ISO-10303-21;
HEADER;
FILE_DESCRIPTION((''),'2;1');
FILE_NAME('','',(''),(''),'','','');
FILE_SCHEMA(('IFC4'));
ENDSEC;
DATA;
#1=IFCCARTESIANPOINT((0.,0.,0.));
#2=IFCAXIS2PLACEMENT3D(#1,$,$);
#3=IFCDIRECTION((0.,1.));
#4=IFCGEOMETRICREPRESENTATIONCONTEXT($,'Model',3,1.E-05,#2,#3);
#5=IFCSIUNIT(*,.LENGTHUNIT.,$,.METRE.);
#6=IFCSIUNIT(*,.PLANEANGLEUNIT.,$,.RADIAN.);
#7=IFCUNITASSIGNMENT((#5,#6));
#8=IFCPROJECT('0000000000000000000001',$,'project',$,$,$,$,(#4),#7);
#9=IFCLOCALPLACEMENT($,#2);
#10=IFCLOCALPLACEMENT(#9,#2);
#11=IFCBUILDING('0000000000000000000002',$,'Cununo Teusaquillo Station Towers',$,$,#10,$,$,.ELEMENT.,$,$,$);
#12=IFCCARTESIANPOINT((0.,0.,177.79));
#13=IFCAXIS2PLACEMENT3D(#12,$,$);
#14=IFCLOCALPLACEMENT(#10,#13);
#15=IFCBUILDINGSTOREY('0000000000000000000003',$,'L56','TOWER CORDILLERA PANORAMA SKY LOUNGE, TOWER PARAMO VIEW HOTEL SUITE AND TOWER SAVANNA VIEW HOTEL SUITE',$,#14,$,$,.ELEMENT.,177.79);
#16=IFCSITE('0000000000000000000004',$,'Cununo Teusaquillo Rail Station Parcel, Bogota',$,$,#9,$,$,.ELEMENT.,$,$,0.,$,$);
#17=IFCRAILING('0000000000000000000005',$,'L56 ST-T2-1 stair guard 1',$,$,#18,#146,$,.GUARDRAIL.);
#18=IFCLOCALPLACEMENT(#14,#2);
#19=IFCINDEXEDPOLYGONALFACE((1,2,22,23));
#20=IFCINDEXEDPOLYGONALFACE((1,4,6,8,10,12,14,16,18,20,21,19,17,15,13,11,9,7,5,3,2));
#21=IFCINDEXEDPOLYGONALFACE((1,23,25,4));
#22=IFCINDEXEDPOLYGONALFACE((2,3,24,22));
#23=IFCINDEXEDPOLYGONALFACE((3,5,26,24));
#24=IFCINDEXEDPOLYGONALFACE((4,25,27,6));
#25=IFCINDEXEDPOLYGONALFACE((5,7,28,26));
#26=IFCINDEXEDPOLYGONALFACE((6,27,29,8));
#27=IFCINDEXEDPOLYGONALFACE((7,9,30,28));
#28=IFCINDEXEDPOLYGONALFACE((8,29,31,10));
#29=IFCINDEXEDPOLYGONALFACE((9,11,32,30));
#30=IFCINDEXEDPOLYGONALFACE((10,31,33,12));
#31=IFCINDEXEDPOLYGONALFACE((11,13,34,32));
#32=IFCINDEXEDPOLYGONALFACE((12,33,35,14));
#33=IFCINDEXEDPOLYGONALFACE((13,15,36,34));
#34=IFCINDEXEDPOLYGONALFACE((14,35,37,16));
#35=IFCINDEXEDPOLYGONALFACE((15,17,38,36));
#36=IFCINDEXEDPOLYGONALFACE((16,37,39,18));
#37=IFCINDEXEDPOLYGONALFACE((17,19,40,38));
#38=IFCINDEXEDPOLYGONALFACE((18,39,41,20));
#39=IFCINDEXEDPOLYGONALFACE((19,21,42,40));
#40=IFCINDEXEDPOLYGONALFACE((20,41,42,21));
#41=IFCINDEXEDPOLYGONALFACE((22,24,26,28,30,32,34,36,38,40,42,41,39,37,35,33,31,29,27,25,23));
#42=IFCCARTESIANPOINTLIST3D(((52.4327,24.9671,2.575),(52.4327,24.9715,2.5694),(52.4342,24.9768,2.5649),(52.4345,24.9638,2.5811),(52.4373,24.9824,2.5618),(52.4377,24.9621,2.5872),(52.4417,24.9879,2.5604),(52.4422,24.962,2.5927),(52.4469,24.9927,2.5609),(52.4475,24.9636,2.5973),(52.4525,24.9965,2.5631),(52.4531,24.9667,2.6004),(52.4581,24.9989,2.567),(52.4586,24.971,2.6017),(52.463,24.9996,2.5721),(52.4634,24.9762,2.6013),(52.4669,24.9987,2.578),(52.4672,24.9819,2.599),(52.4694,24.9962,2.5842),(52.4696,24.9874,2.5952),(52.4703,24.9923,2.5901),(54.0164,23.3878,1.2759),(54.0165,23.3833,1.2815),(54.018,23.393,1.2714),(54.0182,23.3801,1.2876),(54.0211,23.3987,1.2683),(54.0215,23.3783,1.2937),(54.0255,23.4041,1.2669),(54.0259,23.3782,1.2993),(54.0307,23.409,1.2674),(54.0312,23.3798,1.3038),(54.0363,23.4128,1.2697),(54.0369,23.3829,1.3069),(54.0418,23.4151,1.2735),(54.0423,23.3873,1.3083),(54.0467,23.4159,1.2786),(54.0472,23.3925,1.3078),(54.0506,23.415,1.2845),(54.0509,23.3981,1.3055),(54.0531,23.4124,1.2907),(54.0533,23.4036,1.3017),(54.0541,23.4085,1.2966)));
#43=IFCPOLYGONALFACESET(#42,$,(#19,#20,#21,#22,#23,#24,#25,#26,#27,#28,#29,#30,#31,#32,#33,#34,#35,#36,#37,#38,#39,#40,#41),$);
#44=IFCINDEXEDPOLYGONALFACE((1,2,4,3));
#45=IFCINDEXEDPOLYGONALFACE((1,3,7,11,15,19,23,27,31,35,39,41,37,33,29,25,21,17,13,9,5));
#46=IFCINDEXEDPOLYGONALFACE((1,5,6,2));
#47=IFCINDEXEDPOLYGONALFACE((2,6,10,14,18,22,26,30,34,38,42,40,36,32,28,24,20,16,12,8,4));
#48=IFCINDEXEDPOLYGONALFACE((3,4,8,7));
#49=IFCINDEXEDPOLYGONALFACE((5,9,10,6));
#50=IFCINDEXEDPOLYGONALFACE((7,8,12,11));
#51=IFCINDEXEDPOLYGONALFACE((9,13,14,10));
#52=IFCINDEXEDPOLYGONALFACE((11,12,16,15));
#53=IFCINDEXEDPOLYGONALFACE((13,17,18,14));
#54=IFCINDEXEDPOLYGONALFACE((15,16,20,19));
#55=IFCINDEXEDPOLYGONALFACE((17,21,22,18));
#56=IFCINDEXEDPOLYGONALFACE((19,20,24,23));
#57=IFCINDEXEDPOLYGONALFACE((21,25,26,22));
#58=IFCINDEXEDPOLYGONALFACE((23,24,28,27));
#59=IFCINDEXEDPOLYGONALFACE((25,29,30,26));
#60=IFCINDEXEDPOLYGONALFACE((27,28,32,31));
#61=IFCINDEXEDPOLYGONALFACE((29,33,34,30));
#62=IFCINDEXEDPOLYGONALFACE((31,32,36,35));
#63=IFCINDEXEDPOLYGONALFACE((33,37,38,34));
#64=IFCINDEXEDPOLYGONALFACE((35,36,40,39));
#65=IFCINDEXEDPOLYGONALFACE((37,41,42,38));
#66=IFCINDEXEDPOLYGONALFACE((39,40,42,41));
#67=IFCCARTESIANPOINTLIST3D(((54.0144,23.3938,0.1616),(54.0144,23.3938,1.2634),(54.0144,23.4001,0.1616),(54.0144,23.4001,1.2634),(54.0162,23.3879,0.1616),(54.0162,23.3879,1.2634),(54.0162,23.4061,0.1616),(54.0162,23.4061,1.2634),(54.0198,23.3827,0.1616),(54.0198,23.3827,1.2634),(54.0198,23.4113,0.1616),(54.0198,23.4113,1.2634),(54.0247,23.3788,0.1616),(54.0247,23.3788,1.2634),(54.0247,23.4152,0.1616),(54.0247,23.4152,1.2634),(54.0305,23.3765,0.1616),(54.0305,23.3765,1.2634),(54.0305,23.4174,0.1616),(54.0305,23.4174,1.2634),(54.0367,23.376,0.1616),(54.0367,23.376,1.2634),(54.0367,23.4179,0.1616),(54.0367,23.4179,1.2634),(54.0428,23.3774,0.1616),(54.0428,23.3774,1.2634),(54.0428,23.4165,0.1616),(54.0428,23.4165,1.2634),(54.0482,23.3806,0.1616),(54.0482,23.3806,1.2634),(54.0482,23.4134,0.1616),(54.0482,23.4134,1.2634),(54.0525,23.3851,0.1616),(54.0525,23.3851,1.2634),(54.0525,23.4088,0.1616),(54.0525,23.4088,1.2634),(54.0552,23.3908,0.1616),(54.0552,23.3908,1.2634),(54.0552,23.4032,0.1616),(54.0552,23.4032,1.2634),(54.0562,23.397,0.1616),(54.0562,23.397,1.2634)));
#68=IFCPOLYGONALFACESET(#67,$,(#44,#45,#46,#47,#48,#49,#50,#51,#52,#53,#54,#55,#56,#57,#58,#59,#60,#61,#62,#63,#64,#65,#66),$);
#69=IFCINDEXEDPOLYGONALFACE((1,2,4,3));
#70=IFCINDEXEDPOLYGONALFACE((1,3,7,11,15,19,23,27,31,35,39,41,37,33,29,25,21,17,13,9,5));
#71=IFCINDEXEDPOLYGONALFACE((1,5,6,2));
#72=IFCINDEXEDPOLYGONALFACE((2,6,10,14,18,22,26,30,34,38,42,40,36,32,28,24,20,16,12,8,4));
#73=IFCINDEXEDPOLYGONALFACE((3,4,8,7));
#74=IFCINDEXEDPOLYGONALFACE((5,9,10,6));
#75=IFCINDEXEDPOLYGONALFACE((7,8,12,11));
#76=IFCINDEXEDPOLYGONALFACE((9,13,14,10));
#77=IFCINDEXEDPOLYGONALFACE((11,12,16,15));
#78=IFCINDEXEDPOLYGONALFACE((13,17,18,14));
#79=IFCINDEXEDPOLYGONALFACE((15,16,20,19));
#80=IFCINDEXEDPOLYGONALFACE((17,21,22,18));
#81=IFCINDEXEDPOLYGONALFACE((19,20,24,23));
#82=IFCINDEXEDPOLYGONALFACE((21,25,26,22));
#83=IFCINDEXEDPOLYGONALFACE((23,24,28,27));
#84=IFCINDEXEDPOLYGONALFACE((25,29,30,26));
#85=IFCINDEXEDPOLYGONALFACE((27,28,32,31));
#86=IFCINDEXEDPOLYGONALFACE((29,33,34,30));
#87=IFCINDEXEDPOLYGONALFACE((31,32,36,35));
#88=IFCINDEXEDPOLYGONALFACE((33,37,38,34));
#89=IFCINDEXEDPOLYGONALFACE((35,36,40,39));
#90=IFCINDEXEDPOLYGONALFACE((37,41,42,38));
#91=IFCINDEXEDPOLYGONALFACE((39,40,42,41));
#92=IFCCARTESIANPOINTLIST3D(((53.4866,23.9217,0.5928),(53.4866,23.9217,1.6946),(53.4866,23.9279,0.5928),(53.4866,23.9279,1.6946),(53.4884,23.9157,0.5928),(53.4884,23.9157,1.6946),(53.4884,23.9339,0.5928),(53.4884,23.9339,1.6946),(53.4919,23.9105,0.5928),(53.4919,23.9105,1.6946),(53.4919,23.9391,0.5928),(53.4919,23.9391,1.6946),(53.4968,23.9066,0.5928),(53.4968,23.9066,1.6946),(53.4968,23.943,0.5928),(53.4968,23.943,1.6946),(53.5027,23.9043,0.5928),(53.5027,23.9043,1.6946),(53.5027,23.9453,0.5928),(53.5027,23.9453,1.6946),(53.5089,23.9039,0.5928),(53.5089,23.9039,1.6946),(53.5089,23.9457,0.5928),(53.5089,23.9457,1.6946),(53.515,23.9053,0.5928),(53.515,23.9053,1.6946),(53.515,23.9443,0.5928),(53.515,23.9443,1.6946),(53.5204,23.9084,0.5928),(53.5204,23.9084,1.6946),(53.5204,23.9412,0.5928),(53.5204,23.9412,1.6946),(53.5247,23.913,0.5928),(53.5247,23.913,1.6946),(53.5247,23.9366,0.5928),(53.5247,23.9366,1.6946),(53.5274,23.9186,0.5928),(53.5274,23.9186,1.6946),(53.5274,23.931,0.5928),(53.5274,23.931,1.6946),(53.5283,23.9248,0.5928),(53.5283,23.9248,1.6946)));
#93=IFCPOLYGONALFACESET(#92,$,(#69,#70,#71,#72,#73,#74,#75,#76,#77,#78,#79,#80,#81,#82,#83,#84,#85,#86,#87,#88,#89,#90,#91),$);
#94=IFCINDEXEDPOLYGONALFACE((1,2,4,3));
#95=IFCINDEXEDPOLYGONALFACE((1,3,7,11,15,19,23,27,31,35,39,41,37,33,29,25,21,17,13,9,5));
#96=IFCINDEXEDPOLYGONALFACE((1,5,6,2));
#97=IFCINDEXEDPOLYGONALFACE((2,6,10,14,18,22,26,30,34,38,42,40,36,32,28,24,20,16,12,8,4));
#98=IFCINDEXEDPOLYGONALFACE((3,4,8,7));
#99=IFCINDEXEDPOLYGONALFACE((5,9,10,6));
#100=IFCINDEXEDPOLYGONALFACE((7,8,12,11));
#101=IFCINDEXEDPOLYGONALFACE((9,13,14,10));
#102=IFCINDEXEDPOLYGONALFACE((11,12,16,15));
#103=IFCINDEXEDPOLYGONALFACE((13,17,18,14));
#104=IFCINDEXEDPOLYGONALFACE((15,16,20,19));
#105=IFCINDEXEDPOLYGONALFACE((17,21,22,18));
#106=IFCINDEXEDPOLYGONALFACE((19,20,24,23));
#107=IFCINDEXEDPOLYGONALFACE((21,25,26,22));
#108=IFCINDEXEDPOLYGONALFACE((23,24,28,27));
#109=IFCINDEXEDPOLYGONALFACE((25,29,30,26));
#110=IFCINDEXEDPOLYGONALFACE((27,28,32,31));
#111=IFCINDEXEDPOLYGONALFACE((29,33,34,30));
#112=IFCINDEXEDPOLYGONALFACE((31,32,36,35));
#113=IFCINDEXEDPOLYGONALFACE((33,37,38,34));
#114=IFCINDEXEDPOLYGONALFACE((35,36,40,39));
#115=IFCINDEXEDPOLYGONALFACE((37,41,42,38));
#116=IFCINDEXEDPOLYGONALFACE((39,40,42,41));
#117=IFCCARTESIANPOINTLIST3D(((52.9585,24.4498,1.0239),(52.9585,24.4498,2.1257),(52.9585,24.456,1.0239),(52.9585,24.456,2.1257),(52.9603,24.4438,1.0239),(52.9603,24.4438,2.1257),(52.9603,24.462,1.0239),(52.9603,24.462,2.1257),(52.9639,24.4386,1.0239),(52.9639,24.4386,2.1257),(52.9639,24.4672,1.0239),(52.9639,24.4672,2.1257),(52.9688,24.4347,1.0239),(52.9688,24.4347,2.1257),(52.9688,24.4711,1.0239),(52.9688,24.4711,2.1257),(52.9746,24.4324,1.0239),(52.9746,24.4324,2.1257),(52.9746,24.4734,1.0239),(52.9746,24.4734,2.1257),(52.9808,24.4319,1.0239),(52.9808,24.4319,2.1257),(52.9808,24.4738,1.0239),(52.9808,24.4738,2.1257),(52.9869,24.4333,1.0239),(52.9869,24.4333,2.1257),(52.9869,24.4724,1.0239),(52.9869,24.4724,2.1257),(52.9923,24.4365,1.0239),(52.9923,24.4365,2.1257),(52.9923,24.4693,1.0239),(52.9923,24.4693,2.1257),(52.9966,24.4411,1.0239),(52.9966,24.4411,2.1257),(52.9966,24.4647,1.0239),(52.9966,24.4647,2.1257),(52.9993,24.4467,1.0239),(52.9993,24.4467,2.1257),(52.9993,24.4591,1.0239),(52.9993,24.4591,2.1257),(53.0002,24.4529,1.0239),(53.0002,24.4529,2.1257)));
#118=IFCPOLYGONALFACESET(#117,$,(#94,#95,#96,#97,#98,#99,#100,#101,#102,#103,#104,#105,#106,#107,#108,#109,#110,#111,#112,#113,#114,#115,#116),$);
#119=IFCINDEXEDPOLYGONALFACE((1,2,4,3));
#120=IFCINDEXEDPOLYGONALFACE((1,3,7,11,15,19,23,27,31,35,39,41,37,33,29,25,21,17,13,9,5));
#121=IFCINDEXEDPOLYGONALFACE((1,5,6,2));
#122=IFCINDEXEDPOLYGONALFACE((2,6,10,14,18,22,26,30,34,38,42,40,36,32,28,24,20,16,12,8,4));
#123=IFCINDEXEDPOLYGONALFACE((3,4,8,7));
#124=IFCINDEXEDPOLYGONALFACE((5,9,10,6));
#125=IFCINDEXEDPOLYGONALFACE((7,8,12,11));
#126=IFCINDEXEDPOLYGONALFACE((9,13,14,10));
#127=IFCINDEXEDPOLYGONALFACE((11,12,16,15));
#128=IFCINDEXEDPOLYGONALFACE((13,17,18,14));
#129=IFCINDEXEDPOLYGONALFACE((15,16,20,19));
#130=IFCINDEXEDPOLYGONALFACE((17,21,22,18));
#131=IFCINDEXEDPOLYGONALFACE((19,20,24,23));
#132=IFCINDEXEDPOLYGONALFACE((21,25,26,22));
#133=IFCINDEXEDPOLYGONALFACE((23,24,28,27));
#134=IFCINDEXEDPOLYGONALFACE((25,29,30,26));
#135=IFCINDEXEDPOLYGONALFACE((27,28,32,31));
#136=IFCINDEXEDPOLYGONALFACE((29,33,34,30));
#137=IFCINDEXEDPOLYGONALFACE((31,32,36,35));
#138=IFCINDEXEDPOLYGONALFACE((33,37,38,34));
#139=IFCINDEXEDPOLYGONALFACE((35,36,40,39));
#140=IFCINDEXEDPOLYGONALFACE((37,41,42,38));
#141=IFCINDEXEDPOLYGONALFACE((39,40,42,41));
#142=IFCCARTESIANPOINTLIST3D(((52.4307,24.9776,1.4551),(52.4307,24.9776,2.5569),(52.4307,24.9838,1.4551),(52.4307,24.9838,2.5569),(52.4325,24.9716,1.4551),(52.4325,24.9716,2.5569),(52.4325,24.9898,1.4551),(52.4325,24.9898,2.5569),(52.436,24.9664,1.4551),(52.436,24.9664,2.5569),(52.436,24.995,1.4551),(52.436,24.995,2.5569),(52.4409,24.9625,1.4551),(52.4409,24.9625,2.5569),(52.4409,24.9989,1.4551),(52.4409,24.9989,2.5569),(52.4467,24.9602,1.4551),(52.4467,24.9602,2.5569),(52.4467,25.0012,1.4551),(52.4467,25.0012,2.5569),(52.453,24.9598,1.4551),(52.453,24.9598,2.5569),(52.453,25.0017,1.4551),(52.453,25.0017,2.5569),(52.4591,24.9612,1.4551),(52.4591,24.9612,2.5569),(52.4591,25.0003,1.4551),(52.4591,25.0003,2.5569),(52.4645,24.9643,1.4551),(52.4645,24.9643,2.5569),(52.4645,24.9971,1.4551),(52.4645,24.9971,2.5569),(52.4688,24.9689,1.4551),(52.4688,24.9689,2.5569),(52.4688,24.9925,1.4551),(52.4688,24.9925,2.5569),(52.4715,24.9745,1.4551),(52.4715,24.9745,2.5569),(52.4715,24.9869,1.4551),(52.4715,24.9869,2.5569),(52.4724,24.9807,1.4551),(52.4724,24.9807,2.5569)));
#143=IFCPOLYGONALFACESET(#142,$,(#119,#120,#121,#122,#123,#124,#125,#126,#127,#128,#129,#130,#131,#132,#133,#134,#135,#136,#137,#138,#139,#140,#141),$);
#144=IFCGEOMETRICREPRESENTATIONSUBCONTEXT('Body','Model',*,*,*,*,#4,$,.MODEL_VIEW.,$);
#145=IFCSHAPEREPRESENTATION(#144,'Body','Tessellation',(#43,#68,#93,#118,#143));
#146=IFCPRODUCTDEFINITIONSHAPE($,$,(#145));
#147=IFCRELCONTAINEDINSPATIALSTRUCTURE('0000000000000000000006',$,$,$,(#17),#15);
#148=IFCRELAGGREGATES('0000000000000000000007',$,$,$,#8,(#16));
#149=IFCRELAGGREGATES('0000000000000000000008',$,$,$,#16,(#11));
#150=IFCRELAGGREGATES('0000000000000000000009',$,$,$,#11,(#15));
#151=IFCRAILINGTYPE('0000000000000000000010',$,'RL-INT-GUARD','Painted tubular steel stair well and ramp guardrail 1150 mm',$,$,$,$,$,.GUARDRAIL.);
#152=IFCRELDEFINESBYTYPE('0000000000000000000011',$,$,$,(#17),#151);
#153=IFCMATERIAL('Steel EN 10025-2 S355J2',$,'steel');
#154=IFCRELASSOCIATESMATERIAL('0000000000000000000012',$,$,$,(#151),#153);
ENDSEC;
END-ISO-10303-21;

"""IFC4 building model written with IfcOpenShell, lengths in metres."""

from ifc_helpers import new_model, si_unit, direction, frame, origin, origin_2d, place, context, subcontext, project, spatial, circle, extrude, material, type_object, element, save


model = new_model("IFC4")

# Units and contexts
model_context = context("Model", 3, precision=1e-05, world=origin(), true_north=direction((0.0, 1.0)))
body_context = subcontext(model_context, "Body", "Model", "MODEL_VIEW")
ifc_project = project(units=[si_unit("LENGTHUNIT", "METRE"), si_unit("PLANEANGLEUNIT", "RADIAN")], contexts=[model_context])

# Site, building, storey
site_placement = place(None, origin())
site = spatial("IfcSite", under=ifc_project, at=site_placement, Name="Cununo Teusaquillo Rail Station Parcel, Bogota", CompositionType="ELEMENT", RefElevation=0.0)
building_placement = place(site_placement, origin())
building = spatial("IfcBuilding", under=site, at=building_placement, Name="Cununo Teusaquillo Station Towers", CompositionType="ELEMENT")
storey_placement = place(building_placement, frame((0.0, 0.0, 177.79)))
storey = spatial("IfcBuildingStorey", under=building, at=storey_placement, Name="L56", Description="TOWER CORDILLERA PANORAMA SKY LOUNGE, TOWER PARAMO VIEW HOTEL SUITE AND TOWER SAVANNA VIEW HOTEL SUITE", CompositionType="ELEMENT", Elevation=177.79)

# Railing
ifc_material_1 = material(Name="Steel EN 10025-2 S355J2", Category="steel")
railing_type_1 = type_object("IfcRailingType", Name="RL-INT-GUARD", Description="Painted tubular steel stair well and ramp guardrail 1150 mm", PredefinedType="GUARDRAIL", material=ifc_material_1)
railing_1_placement = place(storey_placement, frame((54.0352, 23.397, 0.1616)))
element("IfcRailing", 1, at=railing_1_placement, inside=storey, type_object=railing_type_1, Name="L56 ST-T2-1 stair guard 1", PredefinedType="GUARDRAIL", context=body_context, shape_type="SweptSolid", body=[
    extrude(circle(Radius=0.0239, at=origin_2d()), frame((0.0, 0.0, 1.126), z_axis=(-0.612332, 0.612332, 0.500098), x_axis=(-0.707107, -0.707107, 0.0)), (0.0, 0.0, 1.0), 2.5864),
    extrude(circle(Radius=0.021, at=origin_2d()), origin(), (0.0, 0.0, 1.0), 1.1018),
    extrude(circle(Radius=0.021, at=origin_2d()), frame((-0.5278, 0.5278, 0.4312)), (0.0, 0.0, 1.0), 1.1018),
    extrude(circle(Radius=0.021, at=origin_2d()), frame((-1.0559, 1.0559, 0.8623)), (0.0, 0.0, 1.0), 1.1018),
    extrude(circle(Radius=0.021, at=origin_2d()), frame((-1.5837, 1.5837, 1.2935)), (0.0, 0.0, 1.0), 1.1018),
])

save(model, "model.ifc")
